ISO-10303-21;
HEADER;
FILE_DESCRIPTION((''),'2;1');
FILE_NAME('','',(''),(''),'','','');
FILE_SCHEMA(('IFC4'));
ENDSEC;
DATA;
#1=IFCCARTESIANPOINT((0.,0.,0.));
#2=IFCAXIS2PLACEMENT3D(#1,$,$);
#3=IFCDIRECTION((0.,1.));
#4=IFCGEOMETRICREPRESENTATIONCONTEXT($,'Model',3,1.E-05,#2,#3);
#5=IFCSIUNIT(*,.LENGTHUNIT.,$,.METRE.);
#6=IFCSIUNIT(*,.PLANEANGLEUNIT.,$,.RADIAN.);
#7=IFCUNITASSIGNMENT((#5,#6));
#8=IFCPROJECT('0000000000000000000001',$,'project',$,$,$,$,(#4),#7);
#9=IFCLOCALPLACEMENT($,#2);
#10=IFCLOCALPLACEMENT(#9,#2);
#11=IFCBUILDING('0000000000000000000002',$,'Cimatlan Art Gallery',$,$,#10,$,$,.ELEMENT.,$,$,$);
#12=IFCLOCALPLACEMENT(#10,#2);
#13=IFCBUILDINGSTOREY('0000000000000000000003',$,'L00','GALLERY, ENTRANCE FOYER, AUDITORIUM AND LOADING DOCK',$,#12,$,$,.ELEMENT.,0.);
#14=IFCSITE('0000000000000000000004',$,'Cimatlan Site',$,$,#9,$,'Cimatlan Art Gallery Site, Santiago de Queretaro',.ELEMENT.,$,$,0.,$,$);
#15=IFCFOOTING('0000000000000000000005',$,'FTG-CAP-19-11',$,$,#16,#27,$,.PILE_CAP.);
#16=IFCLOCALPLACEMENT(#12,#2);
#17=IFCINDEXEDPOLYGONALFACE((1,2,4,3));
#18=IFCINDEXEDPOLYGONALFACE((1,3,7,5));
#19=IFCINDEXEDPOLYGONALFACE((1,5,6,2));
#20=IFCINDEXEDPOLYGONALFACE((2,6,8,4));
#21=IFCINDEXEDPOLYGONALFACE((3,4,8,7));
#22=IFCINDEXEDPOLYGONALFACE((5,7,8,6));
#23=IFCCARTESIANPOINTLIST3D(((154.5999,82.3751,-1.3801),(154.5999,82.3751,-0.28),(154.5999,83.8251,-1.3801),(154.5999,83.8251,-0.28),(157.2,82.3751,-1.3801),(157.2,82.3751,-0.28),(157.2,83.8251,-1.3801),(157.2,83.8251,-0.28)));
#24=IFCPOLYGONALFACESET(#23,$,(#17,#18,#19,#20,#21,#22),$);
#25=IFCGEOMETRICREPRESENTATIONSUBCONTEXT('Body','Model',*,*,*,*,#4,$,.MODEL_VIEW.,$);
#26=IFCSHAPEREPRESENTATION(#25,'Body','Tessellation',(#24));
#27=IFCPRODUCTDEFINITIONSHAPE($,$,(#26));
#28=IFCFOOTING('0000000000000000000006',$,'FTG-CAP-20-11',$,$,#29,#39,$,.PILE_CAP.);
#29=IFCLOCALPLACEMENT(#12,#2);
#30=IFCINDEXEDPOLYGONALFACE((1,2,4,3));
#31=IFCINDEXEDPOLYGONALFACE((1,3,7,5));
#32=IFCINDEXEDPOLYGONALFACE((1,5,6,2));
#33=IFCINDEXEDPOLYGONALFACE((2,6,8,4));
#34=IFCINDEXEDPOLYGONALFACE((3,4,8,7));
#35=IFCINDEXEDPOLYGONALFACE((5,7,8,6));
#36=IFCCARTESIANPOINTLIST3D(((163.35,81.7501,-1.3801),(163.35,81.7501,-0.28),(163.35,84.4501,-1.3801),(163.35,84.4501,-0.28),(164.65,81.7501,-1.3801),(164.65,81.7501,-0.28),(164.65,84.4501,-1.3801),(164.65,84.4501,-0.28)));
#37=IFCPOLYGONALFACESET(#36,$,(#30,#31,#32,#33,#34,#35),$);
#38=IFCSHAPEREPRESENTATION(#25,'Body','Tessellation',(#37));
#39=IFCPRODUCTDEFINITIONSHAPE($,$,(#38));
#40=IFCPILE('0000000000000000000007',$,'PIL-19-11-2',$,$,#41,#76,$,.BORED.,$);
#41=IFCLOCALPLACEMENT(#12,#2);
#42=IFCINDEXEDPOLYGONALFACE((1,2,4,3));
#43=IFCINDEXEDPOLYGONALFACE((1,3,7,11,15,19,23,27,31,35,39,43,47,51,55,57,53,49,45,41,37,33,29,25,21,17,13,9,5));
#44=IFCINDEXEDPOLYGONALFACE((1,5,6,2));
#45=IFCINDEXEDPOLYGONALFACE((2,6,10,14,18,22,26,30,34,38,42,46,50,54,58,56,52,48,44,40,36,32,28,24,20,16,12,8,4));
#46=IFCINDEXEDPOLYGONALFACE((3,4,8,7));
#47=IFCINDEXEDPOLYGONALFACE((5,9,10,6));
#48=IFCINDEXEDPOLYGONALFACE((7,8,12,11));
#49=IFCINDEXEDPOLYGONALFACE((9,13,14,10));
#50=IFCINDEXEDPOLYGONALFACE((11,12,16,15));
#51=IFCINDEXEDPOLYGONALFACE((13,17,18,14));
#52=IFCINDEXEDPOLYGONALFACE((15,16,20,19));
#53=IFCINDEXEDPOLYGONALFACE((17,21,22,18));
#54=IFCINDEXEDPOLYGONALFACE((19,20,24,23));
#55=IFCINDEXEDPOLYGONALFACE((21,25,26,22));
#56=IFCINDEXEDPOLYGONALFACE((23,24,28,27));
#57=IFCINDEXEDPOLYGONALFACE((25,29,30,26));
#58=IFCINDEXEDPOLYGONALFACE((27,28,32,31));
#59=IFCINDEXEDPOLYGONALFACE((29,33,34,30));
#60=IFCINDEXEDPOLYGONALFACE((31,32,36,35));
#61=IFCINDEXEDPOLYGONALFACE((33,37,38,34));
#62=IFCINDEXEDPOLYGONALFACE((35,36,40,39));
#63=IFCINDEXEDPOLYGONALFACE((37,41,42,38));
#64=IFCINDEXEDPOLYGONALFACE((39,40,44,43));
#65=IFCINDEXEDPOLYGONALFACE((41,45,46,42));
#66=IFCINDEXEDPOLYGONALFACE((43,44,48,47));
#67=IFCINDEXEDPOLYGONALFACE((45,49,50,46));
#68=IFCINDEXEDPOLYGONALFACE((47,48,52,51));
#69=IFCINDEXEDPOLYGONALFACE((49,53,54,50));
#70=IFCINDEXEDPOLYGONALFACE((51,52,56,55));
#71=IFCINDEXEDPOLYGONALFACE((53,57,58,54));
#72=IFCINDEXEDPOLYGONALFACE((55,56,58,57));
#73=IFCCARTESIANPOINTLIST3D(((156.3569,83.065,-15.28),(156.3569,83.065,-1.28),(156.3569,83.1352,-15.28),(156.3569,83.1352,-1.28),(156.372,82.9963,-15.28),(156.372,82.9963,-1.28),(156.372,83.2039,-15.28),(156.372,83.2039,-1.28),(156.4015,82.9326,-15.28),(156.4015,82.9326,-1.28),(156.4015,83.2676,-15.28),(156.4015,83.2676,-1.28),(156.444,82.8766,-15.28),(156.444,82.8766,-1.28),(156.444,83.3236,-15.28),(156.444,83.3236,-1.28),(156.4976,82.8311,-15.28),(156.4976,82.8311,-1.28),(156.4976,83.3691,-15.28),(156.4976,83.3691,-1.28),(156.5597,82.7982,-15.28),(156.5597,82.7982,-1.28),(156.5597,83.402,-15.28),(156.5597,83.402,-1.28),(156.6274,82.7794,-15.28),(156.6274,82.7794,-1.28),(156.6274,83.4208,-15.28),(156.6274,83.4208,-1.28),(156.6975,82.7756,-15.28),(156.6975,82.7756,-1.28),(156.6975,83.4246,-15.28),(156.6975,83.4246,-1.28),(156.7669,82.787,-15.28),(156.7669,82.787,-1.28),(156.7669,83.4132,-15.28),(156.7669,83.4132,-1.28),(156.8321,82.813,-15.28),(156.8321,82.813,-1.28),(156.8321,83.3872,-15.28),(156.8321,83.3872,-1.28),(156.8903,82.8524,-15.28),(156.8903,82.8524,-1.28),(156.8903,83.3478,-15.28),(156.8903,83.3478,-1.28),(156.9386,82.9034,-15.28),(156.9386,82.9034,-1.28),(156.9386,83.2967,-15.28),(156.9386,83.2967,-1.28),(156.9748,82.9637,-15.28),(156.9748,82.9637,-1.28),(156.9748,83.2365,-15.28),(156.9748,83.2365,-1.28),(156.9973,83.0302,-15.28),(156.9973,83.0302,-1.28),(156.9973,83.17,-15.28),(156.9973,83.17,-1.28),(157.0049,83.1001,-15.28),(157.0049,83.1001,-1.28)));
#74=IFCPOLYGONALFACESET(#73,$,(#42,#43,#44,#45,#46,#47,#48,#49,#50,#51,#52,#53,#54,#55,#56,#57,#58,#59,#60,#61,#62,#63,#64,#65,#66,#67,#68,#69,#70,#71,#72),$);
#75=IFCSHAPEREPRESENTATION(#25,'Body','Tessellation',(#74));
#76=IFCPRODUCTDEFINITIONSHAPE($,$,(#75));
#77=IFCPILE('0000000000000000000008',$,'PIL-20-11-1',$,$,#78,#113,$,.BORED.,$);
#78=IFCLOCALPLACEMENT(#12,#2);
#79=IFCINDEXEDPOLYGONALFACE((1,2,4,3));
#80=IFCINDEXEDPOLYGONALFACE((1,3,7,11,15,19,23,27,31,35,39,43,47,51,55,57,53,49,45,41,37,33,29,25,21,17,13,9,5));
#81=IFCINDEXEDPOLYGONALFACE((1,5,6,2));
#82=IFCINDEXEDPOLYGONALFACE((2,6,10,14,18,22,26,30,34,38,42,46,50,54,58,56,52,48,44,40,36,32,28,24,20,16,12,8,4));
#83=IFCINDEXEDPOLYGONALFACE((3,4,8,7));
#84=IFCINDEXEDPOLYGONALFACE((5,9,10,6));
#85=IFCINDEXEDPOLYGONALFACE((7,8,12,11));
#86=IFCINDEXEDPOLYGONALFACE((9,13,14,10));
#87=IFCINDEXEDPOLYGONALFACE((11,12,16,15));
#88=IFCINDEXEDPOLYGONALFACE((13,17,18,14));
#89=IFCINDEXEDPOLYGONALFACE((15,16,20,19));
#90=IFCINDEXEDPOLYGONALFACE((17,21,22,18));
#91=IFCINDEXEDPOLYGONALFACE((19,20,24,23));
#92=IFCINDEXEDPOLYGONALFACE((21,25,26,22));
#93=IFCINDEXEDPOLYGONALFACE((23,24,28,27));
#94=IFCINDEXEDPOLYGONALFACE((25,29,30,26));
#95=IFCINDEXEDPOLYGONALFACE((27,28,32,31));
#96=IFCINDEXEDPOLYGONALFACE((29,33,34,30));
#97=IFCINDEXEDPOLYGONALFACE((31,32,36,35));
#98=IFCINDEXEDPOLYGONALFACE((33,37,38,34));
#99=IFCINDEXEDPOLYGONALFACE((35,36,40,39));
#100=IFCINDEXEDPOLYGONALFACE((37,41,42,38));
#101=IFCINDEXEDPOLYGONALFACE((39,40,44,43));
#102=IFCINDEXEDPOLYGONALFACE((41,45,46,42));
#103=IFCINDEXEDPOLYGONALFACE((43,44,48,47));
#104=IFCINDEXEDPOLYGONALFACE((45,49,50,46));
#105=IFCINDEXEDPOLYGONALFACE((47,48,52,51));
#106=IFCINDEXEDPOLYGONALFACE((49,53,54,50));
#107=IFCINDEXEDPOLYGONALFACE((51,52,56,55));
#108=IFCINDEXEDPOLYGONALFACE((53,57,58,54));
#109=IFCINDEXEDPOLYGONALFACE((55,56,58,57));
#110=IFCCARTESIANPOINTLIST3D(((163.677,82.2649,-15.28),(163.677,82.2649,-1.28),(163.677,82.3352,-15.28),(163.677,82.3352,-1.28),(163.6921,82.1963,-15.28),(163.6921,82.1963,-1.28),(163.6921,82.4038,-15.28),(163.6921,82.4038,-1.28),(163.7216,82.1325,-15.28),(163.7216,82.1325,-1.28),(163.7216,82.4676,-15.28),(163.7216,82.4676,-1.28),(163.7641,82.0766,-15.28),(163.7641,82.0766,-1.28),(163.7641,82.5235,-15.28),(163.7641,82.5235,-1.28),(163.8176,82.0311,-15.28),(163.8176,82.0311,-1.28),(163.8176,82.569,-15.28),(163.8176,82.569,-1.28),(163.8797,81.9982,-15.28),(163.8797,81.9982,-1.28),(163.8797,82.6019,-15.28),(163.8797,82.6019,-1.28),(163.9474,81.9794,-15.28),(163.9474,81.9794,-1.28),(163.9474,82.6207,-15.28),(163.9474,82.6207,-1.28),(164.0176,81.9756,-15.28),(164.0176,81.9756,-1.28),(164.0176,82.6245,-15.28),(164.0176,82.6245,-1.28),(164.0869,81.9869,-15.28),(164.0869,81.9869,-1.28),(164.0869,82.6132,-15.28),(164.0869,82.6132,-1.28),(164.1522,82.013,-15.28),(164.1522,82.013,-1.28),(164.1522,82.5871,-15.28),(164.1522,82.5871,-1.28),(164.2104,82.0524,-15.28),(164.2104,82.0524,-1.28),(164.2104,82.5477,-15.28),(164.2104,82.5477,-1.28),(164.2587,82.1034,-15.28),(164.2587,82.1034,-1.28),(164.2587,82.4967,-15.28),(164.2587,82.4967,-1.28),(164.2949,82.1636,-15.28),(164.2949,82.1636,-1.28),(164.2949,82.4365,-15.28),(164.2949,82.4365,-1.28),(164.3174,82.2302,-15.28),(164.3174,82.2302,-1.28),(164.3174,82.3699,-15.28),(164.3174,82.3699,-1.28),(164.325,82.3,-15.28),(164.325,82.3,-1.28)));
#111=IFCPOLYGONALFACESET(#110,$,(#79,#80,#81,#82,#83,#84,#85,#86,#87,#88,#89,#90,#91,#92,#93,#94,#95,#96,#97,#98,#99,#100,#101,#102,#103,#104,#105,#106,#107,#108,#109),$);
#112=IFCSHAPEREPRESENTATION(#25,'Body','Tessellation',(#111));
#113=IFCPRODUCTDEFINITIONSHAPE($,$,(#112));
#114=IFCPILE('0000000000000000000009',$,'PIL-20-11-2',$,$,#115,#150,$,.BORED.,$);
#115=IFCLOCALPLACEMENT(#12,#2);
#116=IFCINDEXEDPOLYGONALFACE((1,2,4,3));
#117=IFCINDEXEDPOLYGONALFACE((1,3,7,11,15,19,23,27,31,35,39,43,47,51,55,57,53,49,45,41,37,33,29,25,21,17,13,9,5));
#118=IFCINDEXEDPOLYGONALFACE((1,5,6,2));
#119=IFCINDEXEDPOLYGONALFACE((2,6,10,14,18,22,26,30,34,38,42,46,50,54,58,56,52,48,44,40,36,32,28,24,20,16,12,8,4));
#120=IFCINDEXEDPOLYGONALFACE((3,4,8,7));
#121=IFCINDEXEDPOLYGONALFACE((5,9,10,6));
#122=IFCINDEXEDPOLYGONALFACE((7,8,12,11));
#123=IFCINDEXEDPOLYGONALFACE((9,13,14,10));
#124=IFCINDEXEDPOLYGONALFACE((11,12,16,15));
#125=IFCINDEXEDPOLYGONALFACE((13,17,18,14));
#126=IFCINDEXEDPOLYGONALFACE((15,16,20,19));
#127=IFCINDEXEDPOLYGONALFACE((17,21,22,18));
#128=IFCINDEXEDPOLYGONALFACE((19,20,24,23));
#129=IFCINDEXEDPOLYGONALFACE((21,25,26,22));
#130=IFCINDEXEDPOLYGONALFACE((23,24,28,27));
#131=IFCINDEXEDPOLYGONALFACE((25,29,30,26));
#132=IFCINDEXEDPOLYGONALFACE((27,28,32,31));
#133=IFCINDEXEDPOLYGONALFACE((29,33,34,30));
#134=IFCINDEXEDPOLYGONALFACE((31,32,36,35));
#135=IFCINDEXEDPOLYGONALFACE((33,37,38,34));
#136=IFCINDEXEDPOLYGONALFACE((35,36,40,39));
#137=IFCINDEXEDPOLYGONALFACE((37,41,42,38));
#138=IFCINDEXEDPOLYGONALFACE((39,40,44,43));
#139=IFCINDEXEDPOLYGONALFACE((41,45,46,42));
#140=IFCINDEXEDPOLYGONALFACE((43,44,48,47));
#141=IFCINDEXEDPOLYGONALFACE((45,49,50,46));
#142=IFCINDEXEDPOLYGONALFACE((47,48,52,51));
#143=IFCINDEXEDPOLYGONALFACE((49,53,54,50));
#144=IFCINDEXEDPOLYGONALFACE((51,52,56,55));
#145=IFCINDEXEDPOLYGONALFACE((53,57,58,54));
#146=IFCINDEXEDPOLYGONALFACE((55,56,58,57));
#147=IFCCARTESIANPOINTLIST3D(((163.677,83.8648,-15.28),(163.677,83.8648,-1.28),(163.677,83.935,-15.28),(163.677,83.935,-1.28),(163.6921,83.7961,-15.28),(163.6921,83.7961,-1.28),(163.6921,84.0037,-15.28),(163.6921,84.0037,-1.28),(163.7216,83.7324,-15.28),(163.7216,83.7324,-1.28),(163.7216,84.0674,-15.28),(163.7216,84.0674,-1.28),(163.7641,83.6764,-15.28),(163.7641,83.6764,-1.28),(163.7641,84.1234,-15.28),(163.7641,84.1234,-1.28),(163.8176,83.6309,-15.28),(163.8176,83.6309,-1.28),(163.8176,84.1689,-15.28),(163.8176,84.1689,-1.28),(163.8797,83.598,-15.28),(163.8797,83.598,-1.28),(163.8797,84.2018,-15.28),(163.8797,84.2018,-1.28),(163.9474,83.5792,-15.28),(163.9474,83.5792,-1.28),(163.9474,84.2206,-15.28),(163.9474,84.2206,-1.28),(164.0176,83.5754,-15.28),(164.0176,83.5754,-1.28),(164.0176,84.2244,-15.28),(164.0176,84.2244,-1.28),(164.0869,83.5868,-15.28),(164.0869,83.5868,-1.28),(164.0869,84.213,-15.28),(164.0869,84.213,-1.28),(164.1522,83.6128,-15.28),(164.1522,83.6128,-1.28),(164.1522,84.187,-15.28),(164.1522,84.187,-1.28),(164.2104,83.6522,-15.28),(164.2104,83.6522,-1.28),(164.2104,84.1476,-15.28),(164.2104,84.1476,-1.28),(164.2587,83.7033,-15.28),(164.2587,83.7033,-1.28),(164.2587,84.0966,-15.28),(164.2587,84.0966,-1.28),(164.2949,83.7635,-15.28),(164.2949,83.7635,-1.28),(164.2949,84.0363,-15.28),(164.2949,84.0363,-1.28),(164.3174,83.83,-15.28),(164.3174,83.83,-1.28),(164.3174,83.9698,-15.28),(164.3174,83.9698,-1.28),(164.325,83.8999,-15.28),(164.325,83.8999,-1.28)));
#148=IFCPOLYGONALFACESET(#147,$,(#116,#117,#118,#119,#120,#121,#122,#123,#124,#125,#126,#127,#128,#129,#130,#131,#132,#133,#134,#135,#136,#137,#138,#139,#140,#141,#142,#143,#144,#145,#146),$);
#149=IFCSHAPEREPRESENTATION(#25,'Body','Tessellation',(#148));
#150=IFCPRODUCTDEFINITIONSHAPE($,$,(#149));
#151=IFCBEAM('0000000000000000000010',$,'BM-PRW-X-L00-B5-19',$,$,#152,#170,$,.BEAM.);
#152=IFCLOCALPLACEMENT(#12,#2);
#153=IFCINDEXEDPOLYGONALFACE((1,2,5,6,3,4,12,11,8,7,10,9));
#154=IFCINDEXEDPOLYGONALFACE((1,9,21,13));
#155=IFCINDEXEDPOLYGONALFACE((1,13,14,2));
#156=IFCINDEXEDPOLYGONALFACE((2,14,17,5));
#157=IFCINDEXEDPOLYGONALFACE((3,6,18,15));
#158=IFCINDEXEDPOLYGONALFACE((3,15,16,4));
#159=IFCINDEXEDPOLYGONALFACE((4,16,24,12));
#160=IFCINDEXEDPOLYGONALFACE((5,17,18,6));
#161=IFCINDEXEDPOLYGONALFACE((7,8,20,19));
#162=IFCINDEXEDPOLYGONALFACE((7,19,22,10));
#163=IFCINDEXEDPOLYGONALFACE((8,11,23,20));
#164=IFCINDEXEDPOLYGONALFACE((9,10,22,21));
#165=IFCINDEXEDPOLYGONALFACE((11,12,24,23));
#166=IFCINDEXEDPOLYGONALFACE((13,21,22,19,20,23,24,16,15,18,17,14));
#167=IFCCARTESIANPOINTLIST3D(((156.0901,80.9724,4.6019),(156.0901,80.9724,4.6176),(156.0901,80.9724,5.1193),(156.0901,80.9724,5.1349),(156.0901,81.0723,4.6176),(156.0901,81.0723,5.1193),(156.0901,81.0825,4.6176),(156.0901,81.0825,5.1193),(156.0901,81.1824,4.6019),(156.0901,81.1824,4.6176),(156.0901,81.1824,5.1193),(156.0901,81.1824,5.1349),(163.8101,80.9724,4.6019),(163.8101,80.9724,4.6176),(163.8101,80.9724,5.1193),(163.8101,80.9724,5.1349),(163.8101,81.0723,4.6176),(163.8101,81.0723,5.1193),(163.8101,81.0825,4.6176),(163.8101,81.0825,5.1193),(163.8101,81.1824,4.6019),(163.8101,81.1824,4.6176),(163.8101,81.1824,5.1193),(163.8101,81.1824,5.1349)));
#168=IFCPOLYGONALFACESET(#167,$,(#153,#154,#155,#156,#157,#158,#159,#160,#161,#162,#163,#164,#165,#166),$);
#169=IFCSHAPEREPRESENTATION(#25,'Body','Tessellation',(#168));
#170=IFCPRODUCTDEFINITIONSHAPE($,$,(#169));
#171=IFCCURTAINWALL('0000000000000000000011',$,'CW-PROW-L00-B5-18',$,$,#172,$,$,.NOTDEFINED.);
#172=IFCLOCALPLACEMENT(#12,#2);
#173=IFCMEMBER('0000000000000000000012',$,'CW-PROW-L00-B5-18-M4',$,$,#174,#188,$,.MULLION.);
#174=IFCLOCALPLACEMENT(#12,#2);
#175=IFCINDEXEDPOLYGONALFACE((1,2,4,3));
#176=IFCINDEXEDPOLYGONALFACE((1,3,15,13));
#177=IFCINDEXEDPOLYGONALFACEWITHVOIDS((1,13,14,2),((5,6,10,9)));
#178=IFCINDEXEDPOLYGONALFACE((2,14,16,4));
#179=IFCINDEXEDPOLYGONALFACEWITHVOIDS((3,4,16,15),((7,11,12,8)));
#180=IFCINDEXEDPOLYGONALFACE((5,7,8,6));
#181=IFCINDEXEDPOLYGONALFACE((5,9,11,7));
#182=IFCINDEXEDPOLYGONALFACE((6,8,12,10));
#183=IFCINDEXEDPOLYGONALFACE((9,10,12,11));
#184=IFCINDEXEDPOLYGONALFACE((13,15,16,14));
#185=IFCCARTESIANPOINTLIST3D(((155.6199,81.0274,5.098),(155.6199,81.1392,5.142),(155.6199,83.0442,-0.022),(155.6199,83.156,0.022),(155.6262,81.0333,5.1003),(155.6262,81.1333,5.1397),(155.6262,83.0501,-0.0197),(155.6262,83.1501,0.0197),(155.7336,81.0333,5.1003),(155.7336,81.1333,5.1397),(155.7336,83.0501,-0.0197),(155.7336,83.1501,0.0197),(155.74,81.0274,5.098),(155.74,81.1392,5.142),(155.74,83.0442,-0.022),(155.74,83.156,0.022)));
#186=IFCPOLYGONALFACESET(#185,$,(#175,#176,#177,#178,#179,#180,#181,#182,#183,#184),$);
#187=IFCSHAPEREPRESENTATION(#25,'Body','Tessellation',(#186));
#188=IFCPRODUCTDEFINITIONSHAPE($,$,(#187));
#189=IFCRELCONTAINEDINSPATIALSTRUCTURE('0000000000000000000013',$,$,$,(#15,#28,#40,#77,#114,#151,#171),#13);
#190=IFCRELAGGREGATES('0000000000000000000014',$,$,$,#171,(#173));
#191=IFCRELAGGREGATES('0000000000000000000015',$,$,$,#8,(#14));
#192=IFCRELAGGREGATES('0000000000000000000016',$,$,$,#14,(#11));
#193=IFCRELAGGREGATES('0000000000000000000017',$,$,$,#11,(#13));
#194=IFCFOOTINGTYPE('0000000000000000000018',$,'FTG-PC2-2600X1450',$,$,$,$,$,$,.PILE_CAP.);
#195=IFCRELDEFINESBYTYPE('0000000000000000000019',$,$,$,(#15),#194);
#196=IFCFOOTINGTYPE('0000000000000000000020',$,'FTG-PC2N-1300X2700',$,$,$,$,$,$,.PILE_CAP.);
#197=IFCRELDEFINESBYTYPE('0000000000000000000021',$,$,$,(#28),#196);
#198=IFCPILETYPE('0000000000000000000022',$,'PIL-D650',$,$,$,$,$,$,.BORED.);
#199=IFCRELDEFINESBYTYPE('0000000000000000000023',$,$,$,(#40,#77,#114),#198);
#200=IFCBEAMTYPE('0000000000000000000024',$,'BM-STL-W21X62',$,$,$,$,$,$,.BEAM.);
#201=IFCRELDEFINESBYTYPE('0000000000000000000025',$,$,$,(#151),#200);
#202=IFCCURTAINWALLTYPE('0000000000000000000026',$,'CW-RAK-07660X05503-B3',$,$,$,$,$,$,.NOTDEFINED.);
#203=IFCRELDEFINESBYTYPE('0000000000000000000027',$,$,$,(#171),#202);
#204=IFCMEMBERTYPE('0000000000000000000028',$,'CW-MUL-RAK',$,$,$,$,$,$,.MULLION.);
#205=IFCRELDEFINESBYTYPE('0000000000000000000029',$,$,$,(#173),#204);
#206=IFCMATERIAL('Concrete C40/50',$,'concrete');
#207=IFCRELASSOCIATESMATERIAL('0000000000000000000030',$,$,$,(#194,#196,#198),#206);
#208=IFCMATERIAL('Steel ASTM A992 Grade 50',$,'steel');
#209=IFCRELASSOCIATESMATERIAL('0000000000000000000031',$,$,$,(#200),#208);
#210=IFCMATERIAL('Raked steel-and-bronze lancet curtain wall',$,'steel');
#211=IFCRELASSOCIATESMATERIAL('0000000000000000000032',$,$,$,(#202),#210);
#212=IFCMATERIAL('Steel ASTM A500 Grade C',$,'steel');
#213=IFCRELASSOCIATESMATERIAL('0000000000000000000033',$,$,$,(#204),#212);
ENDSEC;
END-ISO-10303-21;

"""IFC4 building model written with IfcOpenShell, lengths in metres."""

from ifc_helpers import new_model, si_unit, direction, frame, origin, origin_2d, place, context, subcontext, project, spatial, rectangle, hollow_rectangle, circle, i_section, extrude, material, material_profile, profile_set, type_object, element, aggregate, save


model = new_model("IFC4")

# Units and contexts
model_context = context("Model", 3, precision=1e-05, world=origin(), true_north=direction((0.0, 1.0)))
body_context = subcontext(model_context, "Body", "Model", "MODEL_VIEW")
ifc_project = project(units=[si_unit("LENGTHUNIT", "METRE"), si_unit("PLANEANGLEUNIT", "RADIAN")], contexts=[model_context])

# Site, building, storey
site_placement = place(None, origin())
site = spatial("IfcSite", under=ifc_project, at=site_placement, Name="Cimatlan Site", LongName="Cimatlan Art Gallery Site, Santiago de Queretaro", CompositionType="ELEMENT", RefElevation=0.0)
building_placement = place(site_placement, origin())
building = spatial("IfcBuilding", under=site, at=building_placement, Name="Cimatlan Art Gallery", CompositionType="ELEMENT")
storey_placement = place(building_placement, origin())
storey = spatial("IfcBuildingStorey", under=building, at=storey_placement, Name="L00", Description="GALLERY, ENTRANCE FOYER, AUDITORIUM AND LOADING DOCK", CompositionType="ELEMENT", Elevation=0.0)

# Footings
ifc_material_1 = material(Name="Concrete C40/50", Category="concrete")
footing_type_1 = type_object("IfcFootingType", Name="FTG-PC2-2600X1450", PredefinedType="PILE_CAP", material=ifc_material_1)
footing_1_placement = place(storey_placement, frame((155.8999, 83.1001, -1.3801), z_axis=(0.0, 0.0, 1.0), x_axis=(1.0, 0.0, 0.0)))
element("IfcFooting", 1, at=footing_1_placement, inside=storey, type_object=footing_type_1, Name="FTG-CAP-19-11", PredefinedType="PILE_CAP", context=body_context, shape_type="SweptSolid", body=[
    extrude(rectangle(XDim=2.6001, YDim=1.45, at=origin_2d()), origin(), (0.0, 0.0, 1.0), 1.1001),
])
footing_type_2 = type_object("IfcFootingType", Name="FTG-PC2N-1300X2700", PredefinedType="PILE_CAP", material=ifc_material_1)
footing_2_placement = place(storey_placement, frame((164.0, 83.1001, -1.3801), z_axis=(0.0, 0.0, 1.0), x_axis=(1.0, 0.0, 0.0)))
element("IfcFooting", 2, at=footing_2_placement, inside=storey, type_object=footing_type_2, Name="FTG-CAP-20-11", PredefinedType="PILE_CAP", context=body_context, shape_type="SweptSolid", body=[
    extrude(rectangle(XDim=1.3, YDim=2.7, at=origin_2d()), origin(), (0.0, 0.0, 1.0), 1.1001),
])

# Piles
pile_type = type_object("IfcPileType", Name="PIL-D650", PredefinedType="BORED", material=ifc_material_1)
for number, where, z_axis, x_axis, name in (
    (3, (156.6799, 83.1001, -1.28), (0.0, 0.0, -1.0), (1.0, 0.0, 0.0), "PIL-19-11-2"),
    (4, (164.0, 82.3, -1.28), (0.0, 0.0, -1.0), (1.0, 0.0, 0.0), "PIL-20-11-1"),
    (5, (164.0, 83.8999, -1.28), (0.0, 0.0, -1.0), (1.0, 0.0, 0.0), "PIL-20-11-2"),
):
    element("IfcPile", number, at=place(storey_placement, frame(where, z_axis=z_axis, x_axis=x_axis)), inside=storey, type_object=pile_type, Name=name, PredefinedType="BORED", context=body_context, shape_type="SweptSolid", body=[
        extrude(circle(Radius=0.325, at=origin_2d()), origin(), (0.0, 0.0, 1.0), 14.0),
    ])

# Beam
ifc_material_2 = material(Name="Steel ASTM A992 Grade 50", Category="steel")
ifc_material_profile_1 = material_profile(ifc_material_2, i_section(OverallWidth=0.21, OverallDepth=0.533, WebThickness=0.0103, FlangeThickness=0.0156, at=origin_2d()), Name="W21X62")
ifc_profile_set_1 = profile_set([ifc_material_profile_1], Name="Steel ASTM A992 Grade 50")
beam_type = type_object("IfcBeamType", Name="BM-STL-W21X62", PredefinedType="BEAM", material=ifc_profile_set_1)
beam_placement = place(storey_placement, frame((156.0901, 81.0774, 4.8684), z_axis=(1.0, 0.0, 0.0), x_axis=(0.0, 1.0, 0.0)))
element("IfcBeam", 6, at=beam_placement, inside=storey, type_object=beam_type, Name="BM-PRW-X-L00-B5-19", PredefinedType="BEAM", context=body_context, shape_type="SweptSolid", body=[
    extrude(i_section(OverallWidth=0.21, OverallDepth=0.533, WebThickness=0.0103, FlangeThickness=0.0156, at=origin_2d()), origin(), (0.0, 0.0, 1.0), 7.72),
])

# Curtain wall, member
ifc_material_3 = material(Name="Raked steel-and-bronze lancet curtain wall", Category="steel")
curtain_wall_type = type_object("IfcCurtainWallType", Name="CW-RAK-07660X05503-B3", PredefinedType="NOTDEFINED", material=ifc_material_3)
curtain_wall_1_placement = place(storey_placement, origin())
curtain_wall_1 = element("IfcCurtainWall", 7, at=curtain_wall_1_placement, inside=storey, type_object=curtain_wall_type, Name="CW-PROW-L00-B5-18", PredefinedType="NOTDEFINED")
ifc_material_4 = material(Name="Steel ASTM A500 Grade C", Category="steel")
ifc_material_profile_2 = material_profile(ifc_material_4, hollow_rectangle(XDim=0.1201, YDim=0.1201, WallThickness=0.0063, at=origin_2d()), Name="HSS120X120X6")
ifc_profile_set_2 = profile_set([ifc_material_profile_2], Name="Steel ASTM A500 Grade C")
member_type_1 = type_object("IfcMemberType", Name="CW-MUL-RAK", PredefinedType="MULLION", material=ifc_profile_set_2)
member_1_placement = place(storey_placement, frame((155.6799, 83.1001, 0.0), z_axis=(0.0, -0.366498, 0.930419), x_axis=(1.0, 0.0, 0.0)))
member_1 = element("IfcMember", 8, at=member_1_placement, type_object=member_type_1, Name="CW-PROW-L00-B5-18-M4", PredefinedType="MULLION", context=body_context, shape_type="SweptSolid", body=[
    extrude(hollow_rectangle(XDim=0.1201, YDim=0.1201, WallThickness=0.0063, at=origin_2d()), origin(), (0.0, 0.0, 1.0), 5.5029),
])
aggregate(curtain_wall_1, [member_1])

save(model, "model.ifc")
